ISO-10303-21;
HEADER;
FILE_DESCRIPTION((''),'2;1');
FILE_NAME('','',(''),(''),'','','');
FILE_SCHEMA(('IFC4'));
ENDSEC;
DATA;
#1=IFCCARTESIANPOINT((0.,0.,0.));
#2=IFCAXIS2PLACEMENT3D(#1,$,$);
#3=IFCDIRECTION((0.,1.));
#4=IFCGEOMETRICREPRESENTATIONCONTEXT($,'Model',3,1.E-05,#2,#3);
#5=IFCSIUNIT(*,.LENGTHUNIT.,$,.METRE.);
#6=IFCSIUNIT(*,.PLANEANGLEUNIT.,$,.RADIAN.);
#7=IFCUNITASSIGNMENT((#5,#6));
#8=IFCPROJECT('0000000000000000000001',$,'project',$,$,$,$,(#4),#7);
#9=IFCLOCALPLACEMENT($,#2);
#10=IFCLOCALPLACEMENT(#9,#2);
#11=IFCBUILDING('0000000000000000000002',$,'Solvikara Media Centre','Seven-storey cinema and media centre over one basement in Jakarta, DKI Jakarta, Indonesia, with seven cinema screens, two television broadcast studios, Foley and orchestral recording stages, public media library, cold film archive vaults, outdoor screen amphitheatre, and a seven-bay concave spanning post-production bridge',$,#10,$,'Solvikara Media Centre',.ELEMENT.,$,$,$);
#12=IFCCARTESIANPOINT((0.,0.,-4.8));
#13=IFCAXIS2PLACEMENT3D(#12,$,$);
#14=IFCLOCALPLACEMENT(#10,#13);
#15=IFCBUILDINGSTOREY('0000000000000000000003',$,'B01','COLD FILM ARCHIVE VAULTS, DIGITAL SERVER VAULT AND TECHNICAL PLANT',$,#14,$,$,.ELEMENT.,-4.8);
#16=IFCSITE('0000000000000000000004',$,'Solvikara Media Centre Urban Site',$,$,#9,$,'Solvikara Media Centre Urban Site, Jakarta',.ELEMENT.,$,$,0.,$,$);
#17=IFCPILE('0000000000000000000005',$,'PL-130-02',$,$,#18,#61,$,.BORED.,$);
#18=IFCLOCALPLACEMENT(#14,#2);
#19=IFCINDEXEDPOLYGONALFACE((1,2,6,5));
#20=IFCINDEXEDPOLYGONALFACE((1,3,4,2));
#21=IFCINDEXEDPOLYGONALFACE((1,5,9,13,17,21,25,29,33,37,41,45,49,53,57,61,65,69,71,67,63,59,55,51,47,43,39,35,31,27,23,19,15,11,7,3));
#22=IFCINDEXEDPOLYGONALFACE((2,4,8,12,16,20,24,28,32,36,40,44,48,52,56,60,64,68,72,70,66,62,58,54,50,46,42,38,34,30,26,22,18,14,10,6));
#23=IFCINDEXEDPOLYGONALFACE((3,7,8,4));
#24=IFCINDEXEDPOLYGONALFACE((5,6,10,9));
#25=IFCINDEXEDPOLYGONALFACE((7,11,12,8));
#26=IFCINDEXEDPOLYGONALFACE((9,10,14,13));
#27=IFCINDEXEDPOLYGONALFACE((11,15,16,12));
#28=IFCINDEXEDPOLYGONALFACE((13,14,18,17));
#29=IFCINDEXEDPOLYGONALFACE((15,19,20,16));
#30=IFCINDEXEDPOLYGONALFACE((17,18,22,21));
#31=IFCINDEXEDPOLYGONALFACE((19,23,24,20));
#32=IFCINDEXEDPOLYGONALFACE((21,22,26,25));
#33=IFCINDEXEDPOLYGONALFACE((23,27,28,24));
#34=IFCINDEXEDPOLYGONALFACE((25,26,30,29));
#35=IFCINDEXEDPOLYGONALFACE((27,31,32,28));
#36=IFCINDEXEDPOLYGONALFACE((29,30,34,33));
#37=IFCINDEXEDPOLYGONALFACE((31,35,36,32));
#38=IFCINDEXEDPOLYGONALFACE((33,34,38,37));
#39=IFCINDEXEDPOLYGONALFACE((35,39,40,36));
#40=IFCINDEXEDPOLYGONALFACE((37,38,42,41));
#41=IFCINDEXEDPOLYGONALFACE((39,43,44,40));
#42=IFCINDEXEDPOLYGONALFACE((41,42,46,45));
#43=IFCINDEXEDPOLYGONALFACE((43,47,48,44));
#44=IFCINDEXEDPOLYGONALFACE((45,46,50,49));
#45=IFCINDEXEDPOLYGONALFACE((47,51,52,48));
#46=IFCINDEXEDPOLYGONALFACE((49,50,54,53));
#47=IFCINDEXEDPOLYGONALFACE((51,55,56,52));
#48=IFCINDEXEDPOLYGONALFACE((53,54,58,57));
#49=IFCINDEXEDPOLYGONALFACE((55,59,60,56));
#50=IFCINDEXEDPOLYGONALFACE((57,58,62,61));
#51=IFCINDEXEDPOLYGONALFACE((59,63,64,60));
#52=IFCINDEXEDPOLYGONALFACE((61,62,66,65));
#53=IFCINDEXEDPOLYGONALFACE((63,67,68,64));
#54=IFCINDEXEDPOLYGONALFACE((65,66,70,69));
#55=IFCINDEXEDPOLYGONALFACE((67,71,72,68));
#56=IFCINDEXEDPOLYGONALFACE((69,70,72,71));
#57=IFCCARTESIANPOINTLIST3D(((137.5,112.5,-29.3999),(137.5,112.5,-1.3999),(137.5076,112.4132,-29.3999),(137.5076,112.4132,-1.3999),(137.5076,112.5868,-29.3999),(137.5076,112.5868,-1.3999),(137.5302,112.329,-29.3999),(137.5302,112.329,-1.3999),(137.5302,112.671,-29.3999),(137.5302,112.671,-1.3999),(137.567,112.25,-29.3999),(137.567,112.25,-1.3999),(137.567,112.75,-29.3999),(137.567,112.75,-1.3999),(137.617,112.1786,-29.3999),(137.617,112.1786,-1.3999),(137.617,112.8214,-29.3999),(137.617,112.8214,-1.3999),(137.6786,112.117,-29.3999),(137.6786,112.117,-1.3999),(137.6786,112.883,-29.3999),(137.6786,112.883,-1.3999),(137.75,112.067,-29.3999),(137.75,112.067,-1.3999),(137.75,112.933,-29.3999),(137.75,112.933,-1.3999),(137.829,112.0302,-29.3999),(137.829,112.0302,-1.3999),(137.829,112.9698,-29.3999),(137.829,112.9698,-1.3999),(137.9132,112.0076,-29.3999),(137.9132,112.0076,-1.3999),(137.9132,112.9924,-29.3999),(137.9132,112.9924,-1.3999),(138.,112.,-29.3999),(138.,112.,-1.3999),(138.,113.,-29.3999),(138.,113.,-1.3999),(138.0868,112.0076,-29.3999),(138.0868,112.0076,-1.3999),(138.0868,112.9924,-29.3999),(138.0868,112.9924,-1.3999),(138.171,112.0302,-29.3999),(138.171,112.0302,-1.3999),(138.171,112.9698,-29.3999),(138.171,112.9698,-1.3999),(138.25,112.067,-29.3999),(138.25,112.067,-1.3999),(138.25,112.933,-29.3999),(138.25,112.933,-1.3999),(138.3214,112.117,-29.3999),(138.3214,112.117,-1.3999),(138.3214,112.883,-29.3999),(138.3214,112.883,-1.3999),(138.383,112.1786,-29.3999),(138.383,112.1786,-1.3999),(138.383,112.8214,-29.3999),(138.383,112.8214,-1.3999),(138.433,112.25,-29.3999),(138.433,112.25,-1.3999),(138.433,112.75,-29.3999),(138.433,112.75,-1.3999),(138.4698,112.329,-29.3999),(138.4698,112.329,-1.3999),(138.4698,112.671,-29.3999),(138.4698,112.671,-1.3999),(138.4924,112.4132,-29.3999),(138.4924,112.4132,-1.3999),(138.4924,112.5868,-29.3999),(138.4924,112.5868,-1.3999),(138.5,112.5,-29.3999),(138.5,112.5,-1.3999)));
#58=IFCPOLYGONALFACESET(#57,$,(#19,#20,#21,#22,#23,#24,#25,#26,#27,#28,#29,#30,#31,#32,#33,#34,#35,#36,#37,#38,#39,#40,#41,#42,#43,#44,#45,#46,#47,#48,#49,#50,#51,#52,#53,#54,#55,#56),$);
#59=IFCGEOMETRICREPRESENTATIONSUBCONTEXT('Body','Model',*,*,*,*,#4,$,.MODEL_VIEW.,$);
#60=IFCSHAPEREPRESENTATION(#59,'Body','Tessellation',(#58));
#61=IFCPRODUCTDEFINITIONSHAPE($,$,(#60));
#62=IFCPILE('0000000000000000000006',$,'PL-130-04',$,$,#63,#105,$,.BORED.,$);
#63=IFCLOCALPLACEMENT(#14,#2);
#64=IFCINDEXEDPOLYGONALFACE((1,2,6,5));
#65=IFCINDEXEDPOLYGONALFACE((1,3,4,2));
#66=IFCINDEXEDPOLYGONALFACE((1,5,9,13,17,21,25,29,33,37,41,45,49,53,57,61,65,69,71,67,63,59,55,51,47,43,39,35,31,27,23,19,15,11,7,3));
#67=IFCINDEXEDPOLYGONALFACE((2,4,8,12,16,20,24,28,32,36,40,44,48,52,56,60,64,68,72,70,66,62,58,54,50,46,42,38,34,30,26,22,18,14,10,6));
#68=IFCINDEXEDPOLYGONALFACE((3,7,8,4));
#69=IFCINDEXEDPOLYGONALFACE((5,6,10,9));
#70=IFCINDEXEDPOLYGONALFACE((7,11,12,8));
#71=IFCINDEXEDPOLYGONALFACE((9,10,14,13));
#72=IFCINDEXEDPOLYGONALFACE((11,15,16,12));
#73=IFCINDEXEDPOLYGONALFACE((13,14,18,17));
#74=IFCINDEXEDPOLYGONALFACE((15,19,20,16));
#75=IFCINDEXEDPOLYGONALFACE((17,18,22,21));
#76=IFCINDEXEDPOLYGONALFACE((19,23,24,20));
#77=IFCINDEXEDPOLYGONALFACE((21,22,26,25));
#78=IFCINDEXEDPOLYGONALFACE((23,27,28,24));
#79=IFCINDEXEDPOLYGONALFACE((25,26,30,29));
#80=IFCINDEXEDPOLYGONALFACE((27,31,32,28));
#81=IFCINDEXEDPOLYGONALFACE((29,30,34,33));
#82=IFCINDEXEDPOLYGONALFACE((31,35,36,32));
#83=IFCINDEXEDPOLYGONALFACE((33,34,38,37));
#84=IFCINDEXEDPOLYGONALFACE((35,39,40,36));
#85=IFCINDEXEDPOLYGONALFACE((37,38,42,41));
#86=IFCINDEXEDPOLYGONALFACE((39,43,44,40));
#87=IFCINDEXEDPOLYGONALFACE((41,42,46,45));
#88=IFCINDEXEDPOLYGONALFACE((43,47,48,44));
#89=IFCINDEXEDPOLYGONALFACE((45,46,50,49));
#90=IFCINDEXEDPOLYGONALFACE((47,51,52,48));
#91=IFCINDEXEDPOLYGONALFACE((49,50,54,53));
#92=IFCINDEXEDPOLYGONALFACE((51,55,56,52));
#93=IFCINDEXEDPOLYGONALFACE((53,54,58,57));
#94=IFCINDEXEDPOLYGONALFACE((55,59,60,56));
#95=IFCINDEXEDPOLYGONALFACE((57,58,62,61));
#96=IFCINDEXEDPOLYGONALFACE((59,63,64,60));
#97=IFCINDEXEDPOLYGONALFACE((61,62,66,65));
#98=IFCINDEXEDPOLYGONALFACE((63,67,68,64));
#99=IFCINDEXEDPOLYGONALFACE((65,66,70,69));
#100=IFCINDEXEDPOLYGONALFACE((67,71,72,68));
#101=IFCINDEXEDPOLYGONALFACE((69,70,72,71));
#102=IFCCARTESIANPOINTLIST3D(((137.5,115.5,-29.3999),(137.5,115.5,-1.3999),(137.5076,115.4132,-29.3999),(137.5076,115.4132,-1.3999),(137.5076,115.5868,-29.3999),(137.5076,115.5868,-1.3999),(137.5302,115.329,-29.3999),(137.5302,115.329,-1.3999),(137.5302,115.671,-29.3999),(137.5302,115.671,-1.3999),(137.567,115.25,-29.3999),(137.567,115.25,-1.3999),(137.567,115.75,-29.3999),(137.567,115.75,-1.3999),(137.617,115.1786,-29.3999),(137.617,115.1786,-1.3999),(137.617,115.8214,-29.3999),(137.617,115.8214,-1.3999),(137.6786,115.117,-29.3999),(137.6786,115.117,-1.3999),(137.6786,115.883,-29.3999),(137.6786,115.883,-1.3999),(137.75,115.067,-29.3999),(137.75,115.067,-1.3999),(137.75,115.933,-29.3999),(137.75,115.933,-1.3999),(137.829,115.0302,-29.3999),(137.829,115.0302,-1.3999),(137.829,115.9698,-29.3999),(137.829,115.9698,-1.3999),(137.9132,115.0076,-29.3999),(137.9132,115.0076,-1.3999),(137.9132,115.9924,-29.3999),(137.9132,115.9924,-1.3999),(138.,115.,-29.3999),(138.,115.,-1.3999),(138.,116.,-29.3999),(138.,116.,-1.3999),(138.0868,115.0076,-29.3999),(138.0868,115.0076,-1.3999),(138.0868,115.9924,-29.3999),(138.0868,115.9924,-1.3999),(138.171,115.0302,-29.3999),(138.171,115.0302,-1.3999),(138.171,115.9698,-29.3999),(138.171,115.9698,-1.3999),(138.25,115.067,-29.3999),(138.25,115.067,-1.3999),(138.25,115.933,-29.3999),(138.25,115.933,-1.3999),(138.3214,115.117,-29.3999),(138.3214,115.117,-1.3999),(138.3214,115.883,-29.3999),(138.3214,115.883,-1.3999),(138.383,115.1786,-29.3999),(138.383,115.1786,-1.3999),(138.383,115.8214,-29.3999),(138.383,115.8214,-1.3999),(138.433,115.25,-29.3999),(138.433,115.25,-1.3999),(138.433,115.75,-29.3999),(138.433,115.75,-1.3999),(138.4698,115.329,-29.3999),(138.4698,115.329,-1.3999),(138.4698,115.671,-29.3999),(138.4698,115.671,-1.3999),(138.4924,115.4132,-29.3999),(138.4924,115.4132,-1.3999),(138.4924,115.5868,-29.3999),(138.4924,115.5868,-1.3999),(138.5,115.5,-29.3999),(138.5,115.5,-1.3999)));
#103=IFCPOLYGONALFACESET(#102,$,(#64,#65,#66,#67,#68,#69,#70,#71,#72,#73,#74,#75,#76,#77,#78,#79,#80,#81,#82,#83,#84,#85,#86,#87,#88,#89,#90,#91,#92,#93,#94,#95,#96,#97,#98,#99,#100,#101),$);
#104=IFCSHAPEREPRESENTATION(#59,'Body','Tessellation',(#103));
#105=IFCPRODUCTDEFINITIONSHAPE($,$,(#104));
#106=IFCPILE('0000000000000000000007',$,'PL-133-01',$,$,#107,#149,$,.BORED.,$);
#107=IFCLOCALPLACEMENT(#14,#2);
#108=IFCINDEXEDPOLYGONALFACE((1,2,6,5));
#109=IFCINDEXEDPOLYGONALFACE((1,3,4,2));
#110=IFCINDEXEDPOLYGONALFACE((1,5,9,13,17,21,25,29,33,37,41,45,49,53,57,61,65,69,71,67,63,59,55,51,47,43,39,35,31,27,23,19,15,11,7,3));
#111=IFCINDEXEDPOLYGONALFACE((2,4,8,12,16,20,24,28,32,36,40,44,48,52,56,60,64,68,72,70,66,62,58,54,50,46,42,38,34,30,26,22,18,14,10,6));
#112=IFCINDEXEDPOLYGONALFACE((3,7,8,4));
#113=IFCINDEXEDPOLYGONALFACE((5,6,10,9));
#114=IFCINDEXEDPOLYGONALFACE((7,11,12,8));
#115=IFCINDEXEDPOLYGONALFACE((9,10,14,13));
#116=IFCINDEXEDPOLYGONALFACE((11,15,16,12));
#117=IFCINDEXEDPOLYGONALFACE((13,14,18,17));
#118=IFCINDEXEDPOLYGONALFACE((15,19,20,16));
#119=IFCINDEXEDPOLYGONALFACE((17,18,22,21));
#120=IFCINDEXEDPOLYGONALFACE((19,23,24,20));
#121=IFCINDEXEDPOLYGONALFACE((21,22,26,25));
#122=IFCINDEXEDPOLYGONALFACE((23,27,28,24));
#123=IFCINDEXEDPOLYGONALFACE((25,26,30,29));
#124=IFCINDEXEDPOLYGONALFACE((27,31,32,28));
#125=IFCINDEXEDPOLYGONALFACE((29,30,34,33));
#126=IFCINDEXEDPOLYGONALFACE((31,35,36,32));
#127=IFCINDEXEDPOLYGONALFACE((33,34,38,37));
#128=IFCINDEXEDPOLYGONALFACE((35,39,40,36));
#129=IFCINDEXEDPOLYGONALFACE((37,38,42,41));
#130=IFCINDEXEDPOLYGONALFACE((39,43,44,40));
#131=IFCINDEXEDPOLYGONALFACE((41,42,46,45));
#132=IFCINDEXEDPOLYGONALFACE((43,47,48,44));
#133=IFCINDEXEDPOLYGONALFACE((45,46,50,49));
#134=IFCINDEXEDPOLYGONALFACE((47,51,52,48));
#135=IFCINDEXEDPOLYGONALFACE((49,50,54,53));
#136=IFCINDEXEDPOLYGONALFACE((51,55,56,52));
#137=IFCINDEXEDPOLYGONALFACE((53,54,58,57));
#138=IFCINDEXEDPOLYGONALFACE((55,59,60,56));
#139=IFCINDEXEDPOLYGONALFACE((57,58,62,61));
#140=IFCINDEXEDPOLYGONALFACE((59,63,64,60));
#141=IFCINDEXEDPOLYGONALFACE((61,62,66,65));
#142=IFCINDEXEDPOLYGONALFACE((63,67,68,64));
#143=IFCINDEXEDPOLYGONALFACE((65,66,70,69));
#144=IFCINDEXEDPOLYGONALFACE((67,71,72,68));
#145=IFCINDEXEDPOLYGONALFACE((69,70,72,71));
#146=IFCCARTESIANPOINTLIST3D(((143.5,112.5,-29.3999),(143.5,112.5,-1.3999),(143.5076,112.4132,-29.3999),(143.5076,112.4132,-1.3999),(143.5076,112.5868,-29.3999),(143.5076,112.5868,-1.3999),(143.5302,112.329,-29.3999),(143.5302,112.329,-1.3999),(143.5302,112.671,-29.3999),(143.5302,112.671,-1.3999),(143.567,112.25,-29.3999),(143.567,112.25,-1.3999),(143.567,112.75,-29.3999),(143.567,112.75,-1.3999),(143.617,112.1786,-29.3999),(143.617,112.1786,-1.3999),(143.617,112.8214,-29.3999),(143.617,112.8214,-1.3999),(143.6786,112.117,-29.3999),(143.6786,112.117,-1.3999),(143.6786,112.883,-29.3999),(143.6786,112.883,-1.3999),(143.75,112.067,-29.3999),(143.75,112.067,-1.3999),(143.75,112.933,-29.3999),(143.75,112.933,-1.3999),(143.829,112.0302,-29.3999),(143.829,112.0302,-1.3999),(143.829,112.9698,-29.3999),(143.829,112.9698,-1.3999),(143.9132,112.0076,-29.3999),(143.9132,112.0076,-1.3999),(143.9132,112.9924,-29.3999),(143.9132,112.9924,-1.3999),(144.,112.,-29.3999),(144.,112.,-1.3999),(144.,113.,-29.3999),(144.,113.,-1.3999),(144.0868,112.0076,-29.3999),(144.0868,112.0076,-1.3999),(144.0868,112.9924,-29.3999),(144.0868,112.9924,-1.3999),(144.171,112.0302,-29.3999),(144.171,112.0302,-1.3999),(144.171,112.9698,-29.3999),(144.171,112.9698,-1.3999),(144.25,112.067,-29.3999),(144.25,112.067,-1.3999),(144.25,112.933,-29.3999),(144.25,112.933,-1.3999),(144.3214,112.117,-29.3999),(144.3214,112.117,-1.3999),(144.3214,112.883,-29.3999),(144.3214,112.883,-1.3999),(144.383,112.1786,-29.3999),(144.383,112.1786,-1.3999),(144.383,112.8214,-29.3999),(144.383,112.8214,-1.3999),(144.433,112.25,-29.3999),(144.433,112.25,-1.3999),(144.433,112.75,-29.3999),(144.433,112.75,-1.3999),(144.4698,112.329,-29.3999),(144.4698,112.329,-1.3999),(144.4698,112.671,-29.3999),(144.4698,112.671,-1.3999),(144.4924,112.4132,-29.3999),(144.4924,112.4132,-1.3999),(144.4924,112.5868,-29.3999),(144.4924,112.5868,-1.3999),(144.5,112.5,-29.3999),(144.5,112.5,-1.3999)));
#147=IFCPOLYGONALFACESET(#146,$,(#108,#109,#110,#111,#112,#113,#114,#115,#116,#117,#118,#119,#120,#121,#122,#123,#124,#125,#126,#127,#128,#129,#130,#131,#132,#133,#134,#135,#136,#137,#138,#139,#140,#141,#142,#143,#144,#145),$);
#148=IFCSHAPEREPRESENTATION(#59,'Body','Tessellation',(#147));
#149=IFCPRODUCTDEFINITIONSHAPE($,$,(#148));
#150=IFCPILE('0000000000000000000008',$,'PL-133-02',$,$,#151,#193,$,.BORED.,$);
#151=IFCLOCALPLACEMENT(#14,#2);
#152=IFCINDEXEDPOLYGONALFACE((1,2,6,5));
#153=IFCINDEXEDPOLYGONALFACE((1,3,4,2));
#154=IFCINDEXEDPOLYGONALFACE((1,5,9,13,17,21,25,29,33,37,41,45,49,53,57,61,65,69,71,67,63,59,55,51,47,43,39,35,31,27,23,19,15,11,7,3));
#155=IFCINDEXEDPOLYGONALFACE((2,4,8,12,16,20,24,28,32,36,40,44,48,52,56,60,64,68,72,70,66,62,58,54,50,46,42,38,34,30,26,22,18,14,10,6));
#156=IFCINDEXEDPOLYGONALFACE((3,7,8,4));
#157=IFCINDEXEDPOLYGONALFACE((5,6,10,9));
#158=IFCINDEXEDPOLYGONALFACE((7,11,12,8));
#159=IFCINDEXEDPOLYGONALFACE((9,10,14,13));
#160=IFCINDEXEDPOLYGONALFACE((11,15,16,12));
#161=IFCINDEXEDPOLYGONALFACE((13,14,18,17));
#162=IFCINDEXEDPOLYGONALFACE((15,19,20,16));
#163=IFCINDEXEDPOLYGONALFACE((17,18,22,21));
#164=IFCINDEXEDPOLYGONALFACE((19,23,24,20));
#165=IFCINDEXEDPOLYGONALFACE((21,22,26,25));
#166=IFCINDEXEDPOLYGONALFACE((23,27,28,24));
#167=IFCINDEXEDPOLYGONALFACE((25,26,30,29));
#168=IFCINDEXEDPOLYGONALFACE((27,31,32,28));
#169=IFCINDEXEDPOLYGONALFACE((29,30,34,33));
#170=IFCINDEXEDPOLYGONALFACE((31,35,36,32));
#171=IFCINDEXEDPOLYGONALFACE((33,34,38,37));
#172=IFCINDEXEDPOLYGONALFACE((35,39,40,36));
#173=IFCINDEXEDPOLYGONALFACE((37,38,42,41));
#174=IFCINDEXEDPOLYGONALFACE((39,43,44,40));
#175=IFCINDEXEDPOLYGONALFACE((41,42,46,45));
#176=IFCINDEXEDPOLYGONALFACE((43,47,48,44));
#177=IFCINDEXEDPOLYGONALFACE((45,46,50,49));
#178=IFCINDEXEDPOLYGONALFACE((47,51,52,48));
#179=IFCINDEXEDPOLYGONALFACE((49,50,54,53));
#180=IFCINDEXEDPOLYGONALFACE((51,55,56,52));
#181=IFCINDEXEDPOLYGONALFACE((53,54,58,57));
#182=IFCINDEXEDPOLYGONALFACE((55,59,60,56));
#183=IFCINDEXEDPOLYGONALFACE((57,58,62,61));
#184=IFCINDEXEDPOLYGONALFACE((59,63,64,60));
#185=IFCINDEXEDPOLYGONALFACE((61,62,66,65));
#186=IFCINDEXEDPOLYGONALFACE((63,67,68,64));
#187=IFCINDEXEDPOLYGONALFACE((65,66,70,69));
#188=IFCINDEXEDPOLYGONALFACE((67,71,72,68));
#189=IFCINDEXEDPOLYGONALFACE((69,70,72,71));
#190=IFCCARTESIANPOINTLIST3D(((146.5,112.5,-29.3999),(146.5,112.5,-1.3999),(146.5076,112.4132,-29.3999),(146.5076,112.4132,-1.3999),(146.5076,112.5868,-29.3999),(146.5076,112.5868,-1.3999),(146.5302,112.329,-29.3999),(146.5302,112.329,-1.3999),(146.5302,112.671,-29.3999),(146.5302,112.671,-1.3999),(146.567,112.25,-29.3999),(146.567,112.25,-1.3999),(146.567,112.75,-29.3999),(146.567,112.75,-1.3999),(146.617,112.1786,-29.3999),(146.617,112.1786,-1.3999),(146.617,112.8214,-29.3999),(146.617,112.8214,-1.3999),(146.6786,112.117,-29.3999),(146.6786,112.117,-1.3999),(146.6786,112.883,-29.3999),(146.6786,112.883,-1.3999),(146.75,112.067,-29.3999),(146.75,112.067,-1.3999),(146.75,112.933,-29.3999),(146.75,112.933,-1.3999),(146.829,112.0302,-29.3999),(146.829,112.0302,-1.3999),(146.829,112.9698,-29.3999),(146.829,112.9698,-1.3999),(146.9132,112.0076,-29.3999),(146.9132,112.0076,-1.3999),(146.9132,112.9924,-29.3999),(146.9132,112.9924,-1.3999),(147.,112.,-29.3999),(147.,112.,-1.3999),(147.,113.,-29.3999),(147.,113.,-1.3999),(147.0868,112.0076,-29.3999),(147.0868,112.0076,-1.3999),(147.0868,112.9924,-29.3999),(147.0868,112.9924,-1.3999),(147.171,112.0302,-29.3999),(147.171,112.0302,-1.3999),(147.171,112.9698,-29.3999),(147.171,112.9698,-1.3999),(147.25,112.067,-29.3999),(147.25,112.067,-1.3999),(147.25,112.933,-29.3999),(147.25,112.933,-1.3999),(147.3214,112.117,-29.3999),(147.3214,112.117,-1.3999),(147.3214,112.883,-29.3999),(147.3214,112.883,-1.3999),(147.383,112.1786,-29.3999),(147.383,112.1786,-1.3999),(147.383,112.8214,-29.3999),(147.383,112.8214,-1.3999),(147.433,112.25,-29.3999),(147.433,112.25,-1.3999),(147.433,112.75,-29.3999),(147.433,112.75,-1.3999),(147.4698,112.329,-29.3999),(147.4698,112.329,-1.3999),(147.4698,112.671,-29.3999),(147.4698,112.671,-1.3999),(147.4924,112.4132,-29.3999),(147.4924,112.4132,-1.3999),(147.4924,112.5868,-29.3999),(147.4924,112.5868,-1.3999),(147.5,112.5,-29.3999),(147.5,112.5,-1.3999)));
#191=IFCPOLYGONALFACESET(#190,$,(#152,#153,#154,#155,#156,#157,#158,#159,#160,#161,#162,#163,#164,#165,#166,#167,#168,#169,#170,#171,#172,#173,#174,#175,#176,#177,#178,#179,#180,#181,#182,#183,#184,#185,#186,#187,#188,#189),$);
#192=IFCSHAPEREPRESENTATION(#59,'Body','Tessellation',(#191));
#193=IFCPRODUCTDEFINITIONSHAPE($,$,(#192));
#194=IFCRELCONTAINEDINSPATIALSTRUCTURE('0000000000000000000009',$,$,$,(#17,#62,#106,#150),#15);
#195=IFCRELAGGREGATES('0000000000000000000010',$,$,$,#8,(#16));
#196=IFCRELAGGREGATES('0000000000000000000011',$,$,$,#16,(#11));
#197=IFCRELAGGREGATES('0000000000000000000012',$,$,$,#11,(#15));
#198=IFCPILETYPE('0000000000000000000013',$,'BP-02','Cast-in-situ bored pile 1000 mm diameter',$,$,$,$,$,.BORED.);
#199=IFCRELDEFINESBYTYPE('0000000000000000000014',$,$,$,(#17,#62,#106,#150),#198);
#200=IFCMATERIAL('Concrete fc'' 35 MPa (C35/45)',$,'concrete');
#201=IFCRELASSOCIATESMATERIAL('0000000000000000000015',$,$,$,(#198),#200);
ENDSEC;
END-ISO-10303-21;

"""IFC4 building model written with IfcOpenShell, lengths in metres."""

from ifc_helpers import new_model, si_unit, direction, frame, origin, origin_2d, place, context, subcontext, project, spatial, circle, extrude, material, material_profile, profile_set, type_object, element, save


model = new_model("IFC4")

# Units and contexts
model_context = context("Model", 3, precision=1e-05, world=origin(), true_north=direction((0.0, 1.0)))
body_context = subcontext(model_context, "Body", "Model", "MODEL_VIEW")
ifc_project = project(units=[si_unit("LENGTHUNIT", "METRE"), si_unit("PLANEANGLEUNIT", "RADIAN")], contexts=[model_context])

# Site, building, storey
site_placement = place(None, origin())
site = spatial("IfcSite", under=ifc_project, at=site_placement, Name="Solvikara Media Centre Urban Site", LongName="Solvikara Media Centre Urban Site, Jakarta", CompositionType="ELEMENT", RefElevation=0.0)
building_placement = place(site_placement, origin())
building = spatial("IfcBuilding", under=site, at=building_placement, Name="Solvikara Media Centre", Description="Seven-storey cinema and media centre over one basement in Jakarta, DKI Jakarta, Indonesia, with seven cinema screens, two television broadcast studios, Foley and orchestral recording stages, public media library, cold film archive vaults, outdoor screen amphitheatre, and a seven-bay concave spanning post-production bridge", LongName="Solvikara Media Centre", CompositionType="ELEMENT")
storey_placement = place(building_placement, frame((0.0, 0.0, -4.8)))
storey = spatial("IfcBuildingStorey", under=building, at=storey_placement, Name="B01", Description="COLD FILM ARCHIVE VAULTS, DIGITAL SERVER VAULT AND TECHNICAL PLANT", CompositionType="ELEMENT", Elevation=-4.8)

# Piles
ifc_material_1 = material(Name="Concrete fc' 35 MPa (C35/45)", Category="concrete")
ifc_material_profile_1 = material_profile(ifc_material_1, circle(Radius=0.5, at=origin_2d()), Name="BORED PILE D1000")
ifc_profile_set_1 = profile_set([ifc_material_profile_1], Name="Concrete fc' 35 MPa (C35/45)")
pile_type_1 = type_object("IfcPileType", Name="BP-02", Description="Cast-in-situ bored pile 1000 mm diameter", PredefinedType="BORED", material=ifc_profile_set_1)
for number, where, z_axis, x_axis, name in (
    (1, (138.0, 112.5, -1.3999), (0.0, 0.0, -1.0), (1.0, 0.0, 0.0), "PL-130-02"),
    (2, (138.0, 115.5, -1.3999), (0.0, 0.0, -1.0), (1.0, 0.0, 0.0), "PL-130-04"),
    (3, (144.0, 112.5, -1.3999), (0.0, 0.0, -1.0), (1.0, 0.0, 0.0), "PL-133-01"),
    (4, (147.0, 112.5, -1.3999), (0.0, 0.0, -1.0), (1.0, 0.0, 0.0), "PL-133-02"),
):
    element("IfcPile", number, at=place(storey_placement, frame(where, z_axis=z_axis, x_axis=x_axis)), inside=storey, type_object=pile_type_1, Name=name, PredefinedType="BORED", context=body_context, shape_type="SweptSolid", body=[
        extrude(circle(Radius=0.5, at=origin_2d()), origin(), (0.0, 0.0, 1.0), 28.0),
    ])

save(model, "model.ifc")
